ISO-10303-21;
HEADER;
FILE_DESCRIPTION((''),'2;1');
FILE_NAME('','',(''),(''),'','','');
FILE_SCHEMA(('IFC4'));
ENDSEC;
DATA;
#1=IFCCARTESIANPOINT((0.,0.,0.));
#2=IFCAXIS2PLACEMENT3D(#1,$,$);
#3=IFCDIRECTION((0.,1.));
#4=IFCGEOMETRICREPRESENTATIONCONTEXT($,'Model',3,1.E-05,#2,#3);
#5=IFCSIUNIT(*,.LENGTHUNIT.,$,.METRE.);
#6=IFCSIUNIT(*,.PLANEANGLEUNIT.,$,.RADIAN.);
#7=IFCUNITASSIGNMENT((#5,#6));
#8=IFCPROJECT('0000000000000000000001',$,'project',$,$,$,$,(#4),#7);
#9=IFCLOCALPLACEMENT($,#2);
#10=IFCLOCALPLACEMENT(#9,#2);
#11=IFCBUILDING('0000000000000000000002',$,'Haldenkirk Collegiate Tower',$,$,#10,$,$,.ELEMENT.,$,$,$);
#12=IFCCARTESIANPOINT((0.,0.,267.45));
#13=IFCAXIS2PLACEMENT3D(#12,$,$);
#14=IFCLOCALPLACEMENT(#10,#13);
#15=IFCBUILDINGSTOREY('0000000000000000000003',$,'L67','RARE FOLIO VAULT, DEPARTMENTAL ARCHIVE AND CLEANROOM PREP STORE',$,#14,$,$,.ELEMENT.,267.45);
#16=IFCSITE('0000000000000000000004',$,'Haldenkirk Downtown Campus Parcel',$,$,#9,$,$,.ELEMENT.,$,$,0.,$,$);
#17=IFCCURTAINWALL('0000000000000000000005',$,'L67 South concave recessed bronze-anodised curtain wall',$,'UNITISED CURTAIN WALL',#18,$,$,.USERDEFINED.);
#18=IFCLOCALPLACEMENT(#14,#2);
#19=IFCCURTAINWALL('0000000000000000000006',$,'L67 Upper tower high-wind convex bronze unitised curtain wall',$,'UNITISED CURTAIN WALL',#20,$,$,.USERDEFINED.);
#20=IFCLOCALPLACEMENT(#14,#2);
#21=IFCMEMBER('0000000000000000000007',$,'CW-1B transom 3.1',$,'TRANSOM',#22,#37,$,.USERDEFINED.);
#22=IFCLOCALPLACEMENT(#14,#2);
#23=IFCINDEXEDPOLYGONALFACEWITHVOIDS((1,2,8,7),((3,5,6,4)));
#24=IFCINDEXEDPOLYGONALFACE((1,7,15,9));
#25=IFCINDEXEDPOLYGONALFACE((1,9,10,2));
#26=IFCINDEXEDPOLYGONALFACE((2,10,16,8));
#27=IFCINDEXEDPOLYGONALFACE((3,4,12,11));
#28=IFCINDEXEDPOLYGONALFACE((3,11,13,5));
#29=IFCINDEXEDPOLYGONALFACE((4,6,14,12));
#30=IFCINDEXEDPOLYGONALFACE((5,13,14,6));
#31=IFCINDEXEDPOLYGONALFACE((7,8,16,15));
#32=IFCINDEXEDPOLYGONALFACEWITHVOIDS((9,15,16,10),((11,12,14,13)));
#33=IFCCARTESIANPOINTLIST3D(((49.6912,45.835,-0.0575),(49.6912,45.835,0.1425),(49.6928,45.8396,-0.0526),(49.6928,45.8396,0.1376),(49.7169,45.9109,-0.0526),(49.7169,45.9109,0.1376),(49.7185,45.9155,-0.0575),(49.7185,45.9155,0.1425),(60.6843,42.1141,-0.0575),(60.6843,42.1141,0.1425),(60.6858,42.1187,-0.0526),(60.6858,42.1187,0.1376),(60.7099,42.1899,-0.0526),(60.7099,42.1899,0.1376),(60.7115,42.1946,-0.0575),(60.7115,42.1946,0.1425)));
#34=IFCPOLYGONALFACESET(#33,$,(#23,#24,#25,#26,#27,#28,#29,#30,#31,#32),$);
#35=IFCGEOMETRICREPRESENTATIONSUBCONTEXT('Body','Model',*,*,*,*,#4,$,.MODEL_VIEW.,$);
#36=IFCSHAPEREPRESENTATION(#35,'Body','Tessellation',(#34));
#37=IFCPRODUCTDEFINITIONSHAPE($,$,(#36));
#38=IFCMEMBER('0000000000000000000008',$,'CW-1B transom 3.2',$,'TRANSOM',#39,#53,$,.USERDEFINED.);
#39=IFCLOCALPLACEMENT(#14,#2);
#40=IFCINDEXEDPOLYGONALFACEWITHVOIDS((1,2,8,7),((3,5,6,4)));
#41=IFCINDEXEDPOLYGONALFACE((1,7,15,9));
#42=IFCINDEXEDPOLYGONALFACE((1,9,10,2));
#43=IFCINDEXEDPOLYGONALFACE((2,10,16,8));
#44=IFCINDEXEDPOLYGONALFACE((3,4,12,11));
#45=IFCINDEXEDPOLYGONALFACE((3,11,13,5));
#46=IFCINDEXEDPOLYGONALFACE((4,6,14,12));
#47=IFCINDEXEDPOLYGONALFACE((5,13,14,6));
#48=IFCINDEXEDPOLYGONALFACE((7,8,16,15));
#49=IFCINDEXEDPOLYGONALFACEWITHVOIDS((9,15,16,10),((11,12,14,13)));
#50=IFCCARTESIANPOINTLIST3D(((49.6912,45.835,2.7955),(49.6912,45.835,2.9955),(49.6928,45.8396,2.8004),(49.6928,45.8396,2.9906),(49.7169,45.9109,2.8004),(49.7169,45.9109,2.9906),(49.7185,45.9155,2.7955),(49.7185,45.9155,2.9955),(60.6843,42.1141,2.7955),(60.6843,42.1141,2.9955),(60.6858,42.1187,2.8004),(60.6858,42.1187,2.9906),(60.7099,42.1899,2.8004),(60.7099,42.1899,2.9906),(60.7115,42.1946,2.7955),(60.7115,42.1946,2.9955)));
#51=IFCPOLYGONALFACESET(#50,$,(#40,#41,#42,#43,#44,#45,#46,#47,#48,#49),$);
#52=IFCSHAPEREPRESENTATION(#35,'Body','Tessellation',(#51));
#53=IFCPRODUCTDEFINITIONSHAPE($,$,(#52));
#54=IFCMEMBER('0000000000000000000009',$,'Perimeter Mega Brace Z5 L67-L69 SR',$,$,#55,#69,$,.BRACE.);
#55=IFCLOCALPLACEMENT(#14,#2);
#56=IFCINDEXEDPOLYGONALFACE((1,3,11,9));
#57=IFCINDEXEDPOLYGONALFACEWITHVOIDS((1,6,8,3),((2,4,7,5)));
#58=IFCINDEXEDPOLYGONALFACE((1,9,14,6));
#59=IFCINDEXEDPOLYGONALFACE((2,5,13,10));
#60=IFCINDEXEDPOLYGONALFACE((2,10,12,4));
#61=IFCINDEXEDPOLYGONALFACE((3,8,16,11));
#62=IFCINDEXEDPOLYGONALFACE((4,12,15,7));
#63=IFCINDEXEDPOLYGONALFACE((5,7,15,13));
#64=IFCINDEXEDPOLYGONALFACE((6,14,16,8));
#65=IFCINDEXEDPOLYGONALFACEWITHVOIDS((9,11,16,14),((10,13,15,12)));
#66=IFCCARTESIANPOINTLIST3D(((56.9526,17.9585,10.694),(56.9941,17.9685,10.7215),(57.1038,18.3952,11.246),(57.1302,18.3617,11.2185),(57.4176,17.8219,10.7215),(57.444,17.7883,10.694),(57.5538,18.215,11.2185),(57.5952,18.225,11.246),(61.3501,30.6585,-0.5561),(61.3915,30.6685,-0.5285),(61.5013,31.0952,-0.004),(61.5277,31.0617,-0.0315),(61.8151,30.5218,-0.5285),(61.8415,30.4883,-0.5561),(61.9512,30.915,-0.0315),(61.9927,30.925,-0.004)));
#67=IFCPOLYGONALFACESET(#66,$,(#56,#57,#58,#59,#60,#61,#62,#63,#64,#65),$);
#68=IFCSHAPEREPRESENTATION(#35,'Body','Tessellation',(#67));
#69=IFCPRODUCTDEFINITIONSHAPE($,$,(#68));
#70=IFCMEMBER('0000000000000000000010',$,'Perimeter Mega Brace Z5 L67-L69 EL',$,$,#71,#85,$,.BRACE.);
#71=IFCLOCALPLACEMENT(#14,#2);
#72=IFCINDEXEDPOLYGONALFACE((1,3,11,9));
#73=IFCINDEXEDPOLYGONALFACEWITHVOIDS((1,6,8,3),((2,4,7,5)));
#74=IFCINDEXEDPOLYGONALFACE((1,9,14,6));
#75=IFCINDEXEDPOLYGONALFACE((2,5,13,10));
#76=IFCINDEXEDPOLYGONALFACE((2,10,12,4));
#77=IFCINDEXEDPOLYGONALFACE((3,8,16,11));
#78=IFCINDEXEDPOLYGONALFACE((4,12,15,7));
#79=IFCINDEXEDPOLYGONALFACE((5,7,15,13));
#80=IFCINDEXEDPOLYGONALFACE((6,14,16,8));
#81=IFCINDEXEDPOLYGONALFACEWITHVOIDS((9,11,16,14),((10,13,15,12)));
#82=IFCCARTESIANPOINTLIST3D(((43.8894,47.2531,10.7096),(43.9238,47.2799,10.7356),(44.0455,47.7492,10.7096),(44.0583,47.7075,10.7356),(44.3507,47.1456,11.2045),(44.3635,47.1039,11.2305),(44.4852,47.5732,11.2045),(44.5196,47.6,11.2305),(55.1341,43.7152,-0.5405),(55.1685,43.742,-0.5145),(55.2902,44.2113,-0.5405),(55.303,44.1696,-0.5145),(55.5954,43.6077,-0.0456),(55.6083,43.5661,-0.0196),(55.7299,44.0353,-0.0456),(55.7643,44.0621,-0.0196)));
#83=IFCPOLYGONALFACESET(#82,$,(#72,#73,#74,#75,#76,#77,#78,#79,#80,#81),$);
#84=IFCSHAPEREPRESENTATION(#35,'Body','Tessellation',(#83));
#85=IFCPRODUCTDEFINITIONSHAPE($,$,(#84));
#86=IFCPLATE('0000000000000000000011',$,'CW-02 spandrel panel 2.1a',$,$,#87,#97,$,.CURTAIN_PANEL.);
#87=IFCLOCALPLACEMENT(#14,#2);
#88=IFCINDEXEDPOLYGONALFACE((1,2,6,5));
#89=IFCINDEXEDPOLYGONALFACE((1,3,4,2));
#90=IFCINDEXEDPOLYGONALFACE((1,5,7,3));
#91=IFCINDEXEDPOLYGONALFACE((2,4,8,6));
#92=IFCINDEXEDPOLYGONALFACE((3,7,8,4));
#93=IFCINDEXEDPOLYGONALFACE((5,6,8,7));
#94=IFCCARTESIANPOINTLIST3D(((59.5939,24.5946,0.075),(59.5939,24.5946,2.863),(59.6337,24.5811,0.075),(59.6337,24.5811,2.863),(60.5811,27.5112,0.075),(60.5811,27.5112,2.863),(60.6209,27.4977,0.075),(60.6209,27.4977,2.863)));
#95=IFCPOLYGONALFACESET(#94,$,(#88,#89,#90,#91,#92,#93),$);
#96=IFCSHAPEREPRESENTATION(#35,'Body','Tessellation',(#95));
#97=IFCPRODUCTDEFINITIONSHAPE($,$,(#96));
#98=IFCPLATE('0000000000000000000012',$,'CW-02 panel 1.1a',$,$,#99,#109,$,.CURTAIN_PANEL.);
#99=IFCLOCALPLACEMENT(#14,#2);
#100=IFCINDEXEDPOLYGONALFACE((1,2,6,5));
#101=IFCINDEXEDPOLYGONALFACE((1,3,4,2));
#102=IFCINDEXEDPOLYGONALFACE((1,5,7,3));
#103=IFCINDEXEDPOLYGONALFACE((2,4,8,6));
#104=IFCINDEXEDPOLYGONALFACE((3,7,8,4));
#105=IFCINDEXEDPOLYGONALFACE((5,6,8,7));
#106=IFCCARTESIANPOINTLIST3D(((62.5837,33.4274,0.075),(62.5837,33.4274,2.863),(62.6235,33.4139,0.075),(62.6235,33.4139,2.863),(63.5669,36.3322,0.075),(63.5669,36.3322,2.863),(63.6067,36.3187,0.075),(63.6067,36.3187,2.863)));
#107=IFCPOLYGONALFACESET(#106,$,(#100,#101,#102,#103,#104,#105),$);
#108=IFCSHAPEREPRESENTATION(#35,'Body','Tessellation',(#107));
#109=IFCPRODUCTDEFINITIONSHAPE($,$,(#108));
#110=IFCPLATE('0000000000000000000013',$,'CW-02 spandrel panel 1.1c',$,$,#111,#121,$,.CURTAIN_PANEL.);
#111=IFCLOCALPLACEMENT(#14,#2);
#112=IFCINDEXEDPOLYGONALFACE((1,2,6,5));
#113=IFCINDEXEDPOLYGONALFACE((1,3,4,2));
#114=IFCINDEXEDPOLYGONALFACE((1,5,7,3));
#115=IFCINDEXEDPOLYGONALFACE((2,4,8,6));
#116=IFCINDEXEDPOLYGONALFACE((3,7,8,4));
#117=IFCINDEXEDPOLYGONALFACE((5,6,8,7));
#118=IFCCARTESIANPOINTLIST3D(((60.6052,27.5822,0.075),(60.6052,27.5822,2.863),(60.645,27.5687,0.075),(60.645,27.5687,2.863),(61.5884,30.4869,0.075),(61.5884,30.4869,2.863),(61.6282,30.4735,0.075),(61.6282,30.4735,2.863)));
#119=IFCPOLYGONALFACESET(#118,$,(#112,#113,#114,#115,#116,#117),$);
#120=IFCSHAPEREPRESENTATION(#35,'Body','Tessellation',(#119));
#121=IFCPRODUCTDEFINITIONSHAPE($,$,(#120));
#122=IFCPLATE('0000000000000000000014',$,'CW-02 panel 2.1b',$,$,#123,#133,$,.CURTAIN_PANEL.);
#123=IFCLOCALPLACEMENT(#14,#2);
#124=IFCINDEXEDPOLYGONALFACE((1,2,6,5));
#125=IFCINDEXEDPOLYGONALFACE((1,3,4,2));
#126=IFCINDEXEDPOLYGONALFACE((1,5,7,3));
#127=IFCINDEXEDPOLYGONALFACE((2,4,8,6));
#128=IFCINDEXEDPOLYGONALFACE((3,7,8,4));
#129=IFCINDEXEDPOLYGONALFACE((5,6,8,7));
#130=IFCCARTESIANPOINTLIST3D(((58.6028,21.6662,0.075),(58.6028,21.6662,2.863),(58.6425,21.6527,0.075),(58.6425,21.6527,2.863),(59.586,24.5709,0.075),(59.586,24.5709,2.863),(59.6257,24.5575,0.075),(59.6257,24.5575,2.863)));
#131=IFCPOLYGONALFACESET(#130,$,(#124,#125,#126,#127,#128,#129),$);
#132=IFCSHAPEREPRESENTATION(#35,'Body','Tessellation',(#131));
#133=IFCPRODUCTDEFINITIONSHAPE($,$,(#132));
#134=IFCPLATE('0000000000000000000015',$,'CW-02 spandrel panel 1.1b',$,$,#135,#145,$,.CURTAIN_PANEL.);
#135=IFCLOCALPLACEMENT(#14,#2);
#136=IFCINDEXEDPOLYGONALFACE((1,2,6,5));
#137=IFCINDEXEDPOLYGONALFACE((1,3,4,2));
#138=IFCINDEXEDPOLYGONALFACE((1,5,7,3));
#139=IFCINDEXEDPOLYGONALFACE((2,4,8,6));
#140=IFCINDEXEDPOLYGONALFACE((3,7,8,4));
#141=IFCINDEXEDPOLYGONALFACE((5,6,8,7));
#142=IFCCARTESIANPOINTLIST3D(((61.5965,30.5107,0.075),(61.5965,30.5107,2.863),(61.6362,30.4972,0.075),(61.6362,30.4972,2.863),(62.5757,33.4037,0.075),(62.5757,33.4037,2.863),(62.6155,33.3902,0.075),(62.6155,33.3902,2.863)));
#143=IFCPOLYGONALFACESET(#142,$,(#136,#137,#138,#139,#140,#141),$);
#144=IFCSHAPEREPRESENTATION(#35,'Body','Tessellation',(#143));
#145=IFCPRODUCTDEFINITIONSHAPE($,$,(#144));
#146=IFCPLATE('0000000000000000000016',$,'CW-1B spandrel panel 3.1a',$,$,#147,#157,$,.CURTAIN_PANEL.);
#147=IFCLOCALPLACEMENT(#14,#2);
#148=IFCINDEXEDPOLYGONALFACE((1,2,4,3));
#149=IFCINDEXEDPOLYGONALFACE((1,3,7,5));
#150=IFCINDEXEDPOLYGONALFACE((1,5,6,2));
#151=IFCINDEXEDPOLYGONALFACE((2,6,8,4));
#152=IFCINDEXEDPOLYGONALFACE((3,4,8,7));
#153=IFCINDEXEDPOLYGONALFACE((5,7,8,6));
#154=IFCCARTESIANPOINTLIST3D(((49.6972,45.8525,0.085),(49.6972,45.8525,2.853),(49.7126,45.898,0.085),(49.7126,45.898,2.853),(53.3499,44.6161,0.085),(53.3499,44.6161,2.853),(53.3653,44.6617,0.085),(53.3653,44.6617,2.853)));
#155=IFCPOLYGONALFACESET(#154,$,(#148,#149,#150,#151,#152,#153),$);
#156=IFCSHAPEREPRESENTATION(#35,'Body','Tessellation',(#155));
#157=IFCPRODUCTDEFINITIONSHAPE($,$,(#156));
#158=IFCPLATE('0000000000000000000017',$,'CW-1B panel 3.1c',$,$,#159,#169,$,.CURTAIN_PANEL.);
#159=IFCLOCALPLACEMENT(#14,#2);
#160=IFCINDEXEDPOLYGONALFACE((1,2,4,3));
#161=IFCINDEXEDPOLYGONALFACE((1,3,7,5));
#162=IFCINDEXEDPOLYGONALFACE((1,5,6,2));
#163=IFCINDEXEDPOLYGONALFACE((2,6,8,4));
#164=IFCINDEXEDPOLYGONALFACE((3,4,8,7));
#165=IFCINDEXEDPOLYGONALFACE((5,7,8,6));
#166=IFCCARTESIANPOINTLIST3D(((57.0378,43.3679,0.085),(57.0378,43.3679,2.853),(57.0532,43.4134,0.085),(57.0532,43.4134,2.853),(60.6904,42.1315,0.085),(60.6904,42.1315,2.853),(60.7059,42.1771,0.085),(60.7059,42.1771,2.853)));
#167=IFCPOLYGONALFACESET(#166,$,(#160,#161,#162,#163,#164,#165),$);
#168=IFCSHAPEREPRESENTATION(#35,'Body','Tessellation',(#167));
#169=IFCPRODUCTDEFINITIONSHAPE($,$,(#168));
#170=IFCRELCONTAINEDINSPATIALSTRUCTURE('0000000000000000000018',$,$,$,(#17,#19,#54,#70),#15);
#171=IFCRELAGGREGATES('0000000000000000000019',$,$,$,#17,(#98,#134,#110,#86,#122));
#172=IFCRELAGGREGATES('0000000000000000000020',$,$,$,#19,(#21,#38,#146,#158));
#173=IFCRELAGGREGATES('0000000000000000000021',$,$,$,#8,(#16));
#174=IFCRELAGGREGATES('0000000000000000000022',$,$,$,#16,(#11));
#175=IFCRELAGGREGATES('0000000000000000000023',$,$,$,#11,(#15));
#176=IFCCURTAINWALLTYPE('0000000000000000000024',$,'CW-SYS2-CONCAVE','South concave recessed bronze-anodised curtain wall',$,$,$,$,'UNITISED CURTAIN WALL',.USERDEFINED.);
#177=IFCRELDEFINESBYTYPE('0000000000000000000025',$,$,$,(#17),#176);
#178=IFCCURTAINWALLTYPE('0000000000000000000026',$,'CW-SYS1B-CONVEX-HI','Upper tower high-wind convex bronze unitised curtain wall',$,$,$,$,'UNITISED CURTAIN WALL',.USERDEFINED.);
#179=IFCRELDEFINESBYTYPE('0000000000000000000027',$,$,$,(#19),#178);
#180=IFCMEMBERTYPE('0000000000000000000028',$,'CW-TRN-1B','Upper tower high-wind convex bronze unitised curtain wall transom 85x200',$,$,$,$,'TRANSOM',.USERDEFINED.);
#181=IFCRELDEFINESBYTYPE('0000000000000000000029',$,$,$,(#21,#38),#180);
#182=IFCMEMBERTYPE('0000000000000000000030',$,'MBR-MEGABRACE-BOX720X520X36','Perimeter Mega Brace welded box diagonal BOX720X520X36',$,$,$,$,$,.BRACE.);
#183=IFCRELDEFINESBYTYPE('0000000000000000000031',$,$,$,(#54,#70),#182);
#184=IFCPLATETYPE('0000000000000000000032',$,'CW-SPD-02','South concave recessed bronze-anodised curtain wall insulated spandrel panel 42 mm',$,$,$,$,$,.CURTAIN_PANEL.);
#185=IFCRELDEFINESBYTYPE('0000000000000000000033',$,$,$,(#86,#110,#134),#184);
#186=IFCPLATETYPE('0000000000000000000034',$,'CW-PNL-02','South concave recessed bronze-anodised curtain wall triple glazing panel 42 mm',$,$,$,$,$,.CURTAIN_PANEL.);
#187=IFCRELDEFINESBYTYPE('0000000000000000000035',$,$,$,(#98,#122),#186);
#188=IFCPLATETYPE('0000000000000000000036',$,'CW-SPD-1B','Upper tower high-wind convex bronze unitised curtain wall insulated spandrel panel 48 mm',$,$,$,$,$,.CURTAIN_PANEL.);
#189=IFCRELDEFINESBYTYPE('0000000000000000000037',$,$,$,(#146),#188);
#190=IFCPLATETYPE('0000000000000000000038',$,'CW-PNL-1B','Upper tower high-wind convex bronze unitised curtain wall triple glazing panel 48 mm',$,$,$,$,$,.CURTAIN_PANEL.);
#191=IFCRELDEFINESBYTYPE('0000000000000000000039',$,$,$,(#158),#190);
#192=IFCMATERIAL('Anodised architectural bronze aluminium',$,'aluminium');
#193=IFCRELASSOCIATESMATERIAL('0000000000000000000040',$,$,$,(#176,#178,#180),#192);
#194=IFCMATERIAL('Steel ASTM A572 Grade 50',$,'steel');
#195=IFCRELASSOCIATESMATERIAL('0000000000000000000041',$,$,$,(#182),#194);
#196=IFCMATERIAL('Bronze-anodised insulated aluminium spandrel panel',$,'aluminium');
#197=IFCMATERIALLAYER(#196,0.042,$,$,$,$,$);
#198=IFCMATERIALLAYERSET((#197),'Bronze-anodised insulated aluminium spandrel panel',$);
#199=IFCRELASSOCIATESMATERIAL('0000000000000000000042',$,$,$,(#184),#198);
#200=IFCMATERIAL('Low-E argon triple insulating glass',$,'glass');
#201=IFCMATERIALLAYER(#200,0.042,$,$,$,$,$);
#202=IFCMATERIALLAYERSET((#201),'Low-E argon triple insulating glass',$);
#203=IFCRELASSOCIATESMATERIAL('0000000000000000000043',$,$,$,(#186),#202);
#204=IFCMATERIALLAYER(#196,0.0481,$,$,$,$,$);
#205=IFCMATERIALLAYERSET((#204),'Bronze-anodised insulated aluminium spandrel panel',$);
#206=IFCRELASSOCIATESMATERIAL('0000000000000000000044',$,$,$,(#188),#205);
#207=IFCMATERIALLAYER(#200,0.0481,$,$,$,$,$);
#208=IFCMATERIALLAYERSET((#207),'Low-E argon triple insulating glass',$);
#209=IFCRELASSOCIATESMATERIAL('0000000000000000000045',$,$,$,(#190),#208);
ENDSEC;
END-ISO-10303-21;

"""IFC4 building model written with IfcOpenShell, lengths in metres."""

from ifc_helpers import new_model, si_unit, direction, frame, origin, origin_2d, place, context, subcontext, project, spatial, rectangle, hollow_rectangle, extrude, source, transform, mapped, material, layer, layer_set, material_profile, profile_set, type_object, element, aggregate, save


model = new_model("IFC4")

# Units and contexts
model_context = context("Model", 3, precision=1e-05, world=origin(), true_north=direction((0.0, 1.0)))
body_context = subcontext(model_context, "Body", "Model", "MODEL_VIEW")
ifc_project = project(units=[si_unit("LENGTHUNIT", "METRE"), si_unit("PLANEANGLEUNIT", "RADIAN")], contexts=[model_context])

# Site, building, storey
site_placement = place(None, origin())
site = spatial("IfcSite", under=ifc_project, at=site_placement, Name="Haldenkirk Downtown Campus Parcel", CompositionType="ELEMENT", RefElevation=0.0)
building_placement = place(site_placement, origin())
building = spatial("IfcBuilding", under=site, at=building_placement, Name="Haldenkirk Collegiate Tower", CompositionType="ELEMENT")
storey_placement = place(building_placement, frame((0.0, 0.0, 267.45)))
storey = spatial("IfcBuildingStorey", under=building, at=storey_placement, Name="L67", Description="RARE FOLIO VAULT, DEPARTMENTAL ARCHIVE AND CLEANROOM PREP STORE", CompositionType="ELEMENT", Elevation=267.45)

# Shared definitions
ifc_material_1 = material(Name="Steel ASTM A572 Grade 50", Category="steel")

# Curtain walls
ifc_material_2 = material(Name="Anodised architectural bronze aluminium", Category="aluminium")
curtain_wall_type_1 = type_object("IfcCurtainWallType", Name="CW-SYS2-CONCAVE", Description="South concave recessed bronze-anodised curtain wall", ElementType="UNITISED CURTAIN WALL", PredefinedType="USERDEFINED", material=ifc_material_2)
curtain_wall_1_placement = place(storey_placement, origin())
curtain_wall_1 = element("IfcCurtainWall", 1, at=curtain_wall_1_placement, inside=storey, type_object=curtain_wall_type_1, Name="L67 South concave recessed bronze-anodised curtain wall", ObjectType="UNITISED CURTAIN WALL", PredefinedType="USERDEFINED")
curtain_wall_type_2 = type_object("IfcCurtainWallType", Name="CW-SYS1B-CONVEX-HI", Description="Upper tower high-wind convex bronze unitised curtain wall", ElementType="UNITISED CURTAIN WALL", PredefinedType="USERDEFINED", material=ifc_material_2)
curtain_wall_2_placement = place(storey_placement, origin())
curtain_wall_2 = element("IfcCurtainWall", 2, at=curtain_wall_2_placement, inside=storey, type_object=curtain_wall_type_2, Name="L67 Upper tower high-wind convex bronze unitised curtain wall", ObjectType="UNITISED CURTAIN WALL", PredefinedType="USERDEFINED")

# Members
ifc_material_profile_1 = material_profile(ifc_material_2, hollow_rectangle(XDim=0.085, YDim=0.2, WallThickness=0.0049, at=origin_2d()), Name="CW-TRN-1B")
ifc_profile_set_1 = profile_set([ifc_material_profile_1], Name="Anodised architectural bronze aluminium")
member_type_1 = type_object("IfcMemberType", Name="CW-TRN-1B", Description="Upper tower high-wind convex bronze unitised curtain wall transom 85x200", ElementType="TRANSOM", PredefinedType="USERDEFINED", material=ifc_profile_set_1)
member_1_placement = place(storey_placement, frame((49.7048, 45.8752, 0.0425), z_axis=(0.947211, -0.32061, 0.0), x_axis=(0.32061, 0.947211, 0.0)))
member_1 = element("IfcMember", 3, at=member_1_placement, type_object=member_type_1, Name="CW-1B transom 3.1", ObjectType="TRANSOM", PredefinedType="USERDEFINED", context=body_context, shape_type="SweptSolid", body=[
    extrude(hollow_rectangle(XDim=0.085, YDim=0.2, WallThickness=0.0049, at=origin_2d()), origin(), (0.0, 0.0, 1.0), 11.6057),
])
member_2_placement = place(storey_placement, frame((49.7048, 45.8752, 2.8955), z_axis=(0.947211, -0.32061, 0.0), x_axis=(0.32061, 0.947211, 0.0)))
member_2 = element("IfcMember", 4, at=member_2_placement, type_object=member_type_1, Name="CW-1B transom 3.2", ObjectType="TRANSOM", PredefinedType="USERDEFINED", context=body_context, shape_type="SweptSolid", body=[
    extrude(hollow_rectangle(XDim=0.085, YDim=0.2, WallThickness=0.0049, at=origin_2d()), origin(), (0.0, 0.0, 1.0), 11.6057),
])

# Members
ifc_material_profile_2 = material_profile(ifc_material_1, hollow_rectangle(XDim=0.52, YDim=0.72, WallThickness=0.0359, at=origin_2d()), Name="BOX720X520X36")
ifc_profile_set_2 = profile_set([ifc_material_profile_2], Name="Steel ASTM A572 Grade 50")
member_type_2 = type_object("IfcMemberType", Name="MBR-MEGABRACE-BOX720X520X36", Description="Perimeter Mega Brace welded box diagonal BOX720X520X36", PredefinedType="BRACE", material=ifc_profile_set_2)
member_3_placement = place(storey_placement, frame((61.6714, 30.7917, -0.28), z_axis=(-0.250899, -0.724602, 0.641874), x_axis=(0.944956, -0.327199, 0.0)))
element("IfcMember", 5, at=member_3_placement, inside=storey, type_object=member_type_2, Name="Perimeter Mega Brace Z5 L67-L69 SR", PredefinedType="BRACE", context=body_context, shape_type="SweptSolid", body=[
    extrude(hollow_rectangle(XDim=0.52, YDim=0.72, WallThickness=0.0359, at=origin_2d()), origin(), (0.0, 0.0, 1.0), 17.5269),
])
member_4_placement = place(storey_placement, frame((55.4492, 43.8887, -0.28), z_axis=(-0.690075, 0.217115, 0.690404), x_axis=(-0.300121, -0.953901, 0.0)))
element("IfcMember", 6, at=member_4_placement, inside=storey, type_object=member_type_2, Name="Perimeter Mega Brace Z5 L67-L69 EL", PredefinedType="BRACE", context=body_context, shape_type="SweptSolid", body=[
    extrude(hollow_rectangle(XDim=0.52, YDim=0.72, WallThickness=0.0359, at=origin_2d()), origin(), (0.0, 0.0, 1.0), 16.2949),
])

# Plates
ifc_material_3 = material(Name="Bronze-anodised insulated aluminium spandrel panel", Category="aluminium")
ifc_layer_1 = layer(ifc_material_3, 0.042)
ifc_layer_set_1 = layer_set([ifc_layer_1], Name="Bronze-anodised insulated aluminium spandrel panel")
plate_type_1 = type_object("IfcPlateType", Name="CW-SPD-02", Description="South concave recessed bronze-anodised curtain wall insulated spandrel panel 42 mm", PredefinedType="CURTAIN_PANEL", material=ifc_layer_set_1)
shared_shape_1 = source(origin(), body_context, "Body", "SweptSolid", [
    extrude(rectangle(XDim=3.0791, YDim=0.042, at=origin_2d()), origin(), (0.0, 0.0, 1.0), 2.7881),
])
plate_1_placement = place(storey_placement, frame((60.1074, 26.0461, 0.075), z_axis=(0.0, 0.0, 1.0), x_axis=(-0.320613, -0.94721, 0.0)))
plate_1 = element("IfcPlate", 7, at=plate_1_placement, type_object=plate_type_1, Name="CW-02 spandrel panel 2.1a", PredefinedType="CURTAIN_PANEL", context=body_context, shape_type="MappedRepresentation", body=[
    mapped(shared_shape_1, transform((0.0, 0.0, 0.0), x_axis=(1.0, 0.0, 0.0), y_axis=(0.0, 1.0, 0.0), z_axis=(0.0, 0.0, 1.0), scale=1.0)),
])
ifc_material_4 = material(Name="Low-E argon triple insulating glass", Category="glass")
ifc_layer_2 = layer(ifc_material_4, 0.042)
ifc_layer_set_2 = layer_set([ifc_layer_2], Name="Low-E argon triple insulating glass")
plate_type_2 = type_object("IfcPlateType", Name="CW-PNL-02", Description="South concave recessed bronze-anodised curtain wall triple glazing panel 42 mm", PredefinedType="CURTAIN_PANEL", material=ifc_layer_set_2)
shared_shape_2 = source(origin(), body_context, "Body", "SweptSolid", [
    extrude(rectangle(XDim=3.0667, YDim=0.042, at=origin_2d()), origin(), (0.0, 0.0, 1.0), 2.7881),
])
plate_2_placement = place(storey_placement, frame((63.0952, 34.873, 0.075), z_axis=(0.0, 0.0, 1.0), x_axis=(-0.320613, -0.94721, 0.0)))
plate_2 = element("IfcPlate", 8, at=plate_2_placement, type_object=plate_type_2, Name="CW-02 panel 1.1a", PredefinedType="CURTAIN_PANEL", context=body_context, shape_type="MappedRepresentation", body=[
    mapped(shared_shape_2, transform((0.0, 0.0, 0.0), x_axis=(1.0, 0.0, 0.0), y_axis=(0.0, 1.0, 0.0), z_axis=(0.0, 0.0, 1.0), scale=1.0)),
])
plate_3_placement = place(storey_placement, frame((61.1167, 29.0278, 0.075), z_axis=(0.0, 0.0, 1.0), x_axis=(-0.320613, -0.94721, 0.0)))
plate_3 = element("IfcPlate", 9, at=plate_3_placement, type_object=plate_type_1, Name="CW-02 spandrel panel 1.1c", PredefinedType="CURTAIN_PANEL", context=body_context, shape_type="MappedRepresentation", body=[
    mapped(shared_shape_2, transform((0.0, 0.0, 0.0), x_axis=(1.0, 0.0, 0.0), y_axis=(0.0, 1.0, 0.0), z_axis=(0.0, 0.0, 1.0), scale=1.0)),
])
plate_4_placement = place(storey_placement, frame((59.1143, 23.1118, 0.075), z_axis=(0.0, 0.0, 1.0), x_axis=(-0.320613, -0.94721, 0.0)))
plate_4 = element("IfcPlate", 10, at=plate_4_placement, type_object=plate_type_2, Name="CW-02 panel 2.1b", PredefinedType="CURTAIN_PANEL", context=body_context, shape_type="MappedRepresentation", body=[
    mapped(shared_shape_2, transform((0.0, 0.0, 0.0), x_axis=(1.0, 0.0, 0.0), y_axis=(0.0, 1.0, 0.0), z_axis=(0.0, 0.0, 1.0), scale=1.0)),
])
shared_shape_3 = source(origin(), body_context, "Body", "SweptSolid", [
    extrude(rectangle(XDim=3.0542, YDim=0.042, at=origin_2d()), origin(), (0.0, 0.0, 1.0), 2.7881),
])
plate_5_placement = place(storey_placement, frame((62.106, 31.9504, 0.075), z_axis=(0.0, 0.0, 1.0), x_axis=(-0.320613, -0.94721, 0.0)))
plate_5 = element("IfcPlate", 11, at=plate_5_placement, type_object=plate_type_1, Name="CW-02 spandrel panel 1.1b", PredefinedType="CURTAIN_PANEL", context=body_context, shape_type="MappedRepresentation", body=[
    mapped(shared_shape_3, transform((0.0, 0.0, 0.0), x_axis=(1.0, 0.0, 0.0), y_axis=(0.0, 1.0, 0.0), z_axis=(0.0, 0.0, 1.0), scale=1.0)),
])
aggregate(curtain_wall_1, [plate_2, plate_5, plate_3, plate_1, plate_4])
ifc_layer_3 = layer(ifc_material_3, 0.0481)
ifc_layer_set_3 = layer_set([ifc_layer_3], Name="Bronze-anodised insulated aluminium spandrel panel")
plate_type_3 = type_object("IfcPlateType", Name="CW-SPD-1B", Description="Upper tower high-wind convex bronze unitised curtain wall insulated spandrel panel 48 mm", PredefinedType="CURTAIN_PANEL", material=ifc_layer_set_3)
shared_shape_4 = source(origin(), body_context, "Body", "SweptSolid", [
    extrude(rectangle(XDim=3.8562, YDim=0.0481, at=origin_2d()), origin(), (0.0, 0.0, 1.0), 2.7681),
])
plate_6_placement = place(storey_placement, frame((51.5312, 45.2571, 0.085), z_axis=(0.0, 0.0, 1.0), x_axis=(0.94721, -0.320614, 0.0)))
plate_6 = element("IfcPlate", 12, at=plate_6_placement, type_object=plate_type_3, Name="CW-1B spandrel panel 3.1a", PredefinedType="CURTAIN_PANEL", context=body_context, shape_type="MappedRepresentation", body=[
    mapped(shared_shape_4, transform((0.0, 0.0, 0.0), x_axis=(1.0, 0.0, 0.0), y_axis=(0.0, 1.0, 0.0), z_axis=(0.0, 0.0, 1.0), scale=1.0)),
])
ifc_layer_4 = layer(ifc_material_4, 0.0481)
ifc_layer_set_4 = layer_set([ifc_layer_4], Name="Low-E argon triple insulating glass")
plate_type_4 = type_object("IfcPlateType", Name="CW-PNL-1B", Description="Upper tower high-wind convex bronze unitised curtain wall triple glazing panel 48 mm", PredefinedType="CURTAIN_PANEL", material=ifc_layer_set_4)
plate_7_placement = place(storey_placement, frame((58.8718, 42.7725, 0.085), z_axis=(0.0, 0.0, 1.0), x_axis=(0.94721, -0.320614, 0.0)))
plate_7 = element("IfcPlate", 13, at=plate_7_placement, type_object=plate_type_4, Name="CW-1B panel 3.1c", PredefinedType="CURTAIN_PANEL", context=body_context, shape_type="MappedRepresentation", body=[
    mapped(shared_shape_4, transform((0.0, 0.0, 0.0), x_axis=(1.0, 0.0, 0.0), y_axis=(0.0, 1.0, 0.0), z_axis=(0.0, 0.0, 1.0), scale=1.0)),
])
aggregate(curtain_wall_2, [member_1, member_2, plate_6, plate_7])

save(model, "model.ifc")
